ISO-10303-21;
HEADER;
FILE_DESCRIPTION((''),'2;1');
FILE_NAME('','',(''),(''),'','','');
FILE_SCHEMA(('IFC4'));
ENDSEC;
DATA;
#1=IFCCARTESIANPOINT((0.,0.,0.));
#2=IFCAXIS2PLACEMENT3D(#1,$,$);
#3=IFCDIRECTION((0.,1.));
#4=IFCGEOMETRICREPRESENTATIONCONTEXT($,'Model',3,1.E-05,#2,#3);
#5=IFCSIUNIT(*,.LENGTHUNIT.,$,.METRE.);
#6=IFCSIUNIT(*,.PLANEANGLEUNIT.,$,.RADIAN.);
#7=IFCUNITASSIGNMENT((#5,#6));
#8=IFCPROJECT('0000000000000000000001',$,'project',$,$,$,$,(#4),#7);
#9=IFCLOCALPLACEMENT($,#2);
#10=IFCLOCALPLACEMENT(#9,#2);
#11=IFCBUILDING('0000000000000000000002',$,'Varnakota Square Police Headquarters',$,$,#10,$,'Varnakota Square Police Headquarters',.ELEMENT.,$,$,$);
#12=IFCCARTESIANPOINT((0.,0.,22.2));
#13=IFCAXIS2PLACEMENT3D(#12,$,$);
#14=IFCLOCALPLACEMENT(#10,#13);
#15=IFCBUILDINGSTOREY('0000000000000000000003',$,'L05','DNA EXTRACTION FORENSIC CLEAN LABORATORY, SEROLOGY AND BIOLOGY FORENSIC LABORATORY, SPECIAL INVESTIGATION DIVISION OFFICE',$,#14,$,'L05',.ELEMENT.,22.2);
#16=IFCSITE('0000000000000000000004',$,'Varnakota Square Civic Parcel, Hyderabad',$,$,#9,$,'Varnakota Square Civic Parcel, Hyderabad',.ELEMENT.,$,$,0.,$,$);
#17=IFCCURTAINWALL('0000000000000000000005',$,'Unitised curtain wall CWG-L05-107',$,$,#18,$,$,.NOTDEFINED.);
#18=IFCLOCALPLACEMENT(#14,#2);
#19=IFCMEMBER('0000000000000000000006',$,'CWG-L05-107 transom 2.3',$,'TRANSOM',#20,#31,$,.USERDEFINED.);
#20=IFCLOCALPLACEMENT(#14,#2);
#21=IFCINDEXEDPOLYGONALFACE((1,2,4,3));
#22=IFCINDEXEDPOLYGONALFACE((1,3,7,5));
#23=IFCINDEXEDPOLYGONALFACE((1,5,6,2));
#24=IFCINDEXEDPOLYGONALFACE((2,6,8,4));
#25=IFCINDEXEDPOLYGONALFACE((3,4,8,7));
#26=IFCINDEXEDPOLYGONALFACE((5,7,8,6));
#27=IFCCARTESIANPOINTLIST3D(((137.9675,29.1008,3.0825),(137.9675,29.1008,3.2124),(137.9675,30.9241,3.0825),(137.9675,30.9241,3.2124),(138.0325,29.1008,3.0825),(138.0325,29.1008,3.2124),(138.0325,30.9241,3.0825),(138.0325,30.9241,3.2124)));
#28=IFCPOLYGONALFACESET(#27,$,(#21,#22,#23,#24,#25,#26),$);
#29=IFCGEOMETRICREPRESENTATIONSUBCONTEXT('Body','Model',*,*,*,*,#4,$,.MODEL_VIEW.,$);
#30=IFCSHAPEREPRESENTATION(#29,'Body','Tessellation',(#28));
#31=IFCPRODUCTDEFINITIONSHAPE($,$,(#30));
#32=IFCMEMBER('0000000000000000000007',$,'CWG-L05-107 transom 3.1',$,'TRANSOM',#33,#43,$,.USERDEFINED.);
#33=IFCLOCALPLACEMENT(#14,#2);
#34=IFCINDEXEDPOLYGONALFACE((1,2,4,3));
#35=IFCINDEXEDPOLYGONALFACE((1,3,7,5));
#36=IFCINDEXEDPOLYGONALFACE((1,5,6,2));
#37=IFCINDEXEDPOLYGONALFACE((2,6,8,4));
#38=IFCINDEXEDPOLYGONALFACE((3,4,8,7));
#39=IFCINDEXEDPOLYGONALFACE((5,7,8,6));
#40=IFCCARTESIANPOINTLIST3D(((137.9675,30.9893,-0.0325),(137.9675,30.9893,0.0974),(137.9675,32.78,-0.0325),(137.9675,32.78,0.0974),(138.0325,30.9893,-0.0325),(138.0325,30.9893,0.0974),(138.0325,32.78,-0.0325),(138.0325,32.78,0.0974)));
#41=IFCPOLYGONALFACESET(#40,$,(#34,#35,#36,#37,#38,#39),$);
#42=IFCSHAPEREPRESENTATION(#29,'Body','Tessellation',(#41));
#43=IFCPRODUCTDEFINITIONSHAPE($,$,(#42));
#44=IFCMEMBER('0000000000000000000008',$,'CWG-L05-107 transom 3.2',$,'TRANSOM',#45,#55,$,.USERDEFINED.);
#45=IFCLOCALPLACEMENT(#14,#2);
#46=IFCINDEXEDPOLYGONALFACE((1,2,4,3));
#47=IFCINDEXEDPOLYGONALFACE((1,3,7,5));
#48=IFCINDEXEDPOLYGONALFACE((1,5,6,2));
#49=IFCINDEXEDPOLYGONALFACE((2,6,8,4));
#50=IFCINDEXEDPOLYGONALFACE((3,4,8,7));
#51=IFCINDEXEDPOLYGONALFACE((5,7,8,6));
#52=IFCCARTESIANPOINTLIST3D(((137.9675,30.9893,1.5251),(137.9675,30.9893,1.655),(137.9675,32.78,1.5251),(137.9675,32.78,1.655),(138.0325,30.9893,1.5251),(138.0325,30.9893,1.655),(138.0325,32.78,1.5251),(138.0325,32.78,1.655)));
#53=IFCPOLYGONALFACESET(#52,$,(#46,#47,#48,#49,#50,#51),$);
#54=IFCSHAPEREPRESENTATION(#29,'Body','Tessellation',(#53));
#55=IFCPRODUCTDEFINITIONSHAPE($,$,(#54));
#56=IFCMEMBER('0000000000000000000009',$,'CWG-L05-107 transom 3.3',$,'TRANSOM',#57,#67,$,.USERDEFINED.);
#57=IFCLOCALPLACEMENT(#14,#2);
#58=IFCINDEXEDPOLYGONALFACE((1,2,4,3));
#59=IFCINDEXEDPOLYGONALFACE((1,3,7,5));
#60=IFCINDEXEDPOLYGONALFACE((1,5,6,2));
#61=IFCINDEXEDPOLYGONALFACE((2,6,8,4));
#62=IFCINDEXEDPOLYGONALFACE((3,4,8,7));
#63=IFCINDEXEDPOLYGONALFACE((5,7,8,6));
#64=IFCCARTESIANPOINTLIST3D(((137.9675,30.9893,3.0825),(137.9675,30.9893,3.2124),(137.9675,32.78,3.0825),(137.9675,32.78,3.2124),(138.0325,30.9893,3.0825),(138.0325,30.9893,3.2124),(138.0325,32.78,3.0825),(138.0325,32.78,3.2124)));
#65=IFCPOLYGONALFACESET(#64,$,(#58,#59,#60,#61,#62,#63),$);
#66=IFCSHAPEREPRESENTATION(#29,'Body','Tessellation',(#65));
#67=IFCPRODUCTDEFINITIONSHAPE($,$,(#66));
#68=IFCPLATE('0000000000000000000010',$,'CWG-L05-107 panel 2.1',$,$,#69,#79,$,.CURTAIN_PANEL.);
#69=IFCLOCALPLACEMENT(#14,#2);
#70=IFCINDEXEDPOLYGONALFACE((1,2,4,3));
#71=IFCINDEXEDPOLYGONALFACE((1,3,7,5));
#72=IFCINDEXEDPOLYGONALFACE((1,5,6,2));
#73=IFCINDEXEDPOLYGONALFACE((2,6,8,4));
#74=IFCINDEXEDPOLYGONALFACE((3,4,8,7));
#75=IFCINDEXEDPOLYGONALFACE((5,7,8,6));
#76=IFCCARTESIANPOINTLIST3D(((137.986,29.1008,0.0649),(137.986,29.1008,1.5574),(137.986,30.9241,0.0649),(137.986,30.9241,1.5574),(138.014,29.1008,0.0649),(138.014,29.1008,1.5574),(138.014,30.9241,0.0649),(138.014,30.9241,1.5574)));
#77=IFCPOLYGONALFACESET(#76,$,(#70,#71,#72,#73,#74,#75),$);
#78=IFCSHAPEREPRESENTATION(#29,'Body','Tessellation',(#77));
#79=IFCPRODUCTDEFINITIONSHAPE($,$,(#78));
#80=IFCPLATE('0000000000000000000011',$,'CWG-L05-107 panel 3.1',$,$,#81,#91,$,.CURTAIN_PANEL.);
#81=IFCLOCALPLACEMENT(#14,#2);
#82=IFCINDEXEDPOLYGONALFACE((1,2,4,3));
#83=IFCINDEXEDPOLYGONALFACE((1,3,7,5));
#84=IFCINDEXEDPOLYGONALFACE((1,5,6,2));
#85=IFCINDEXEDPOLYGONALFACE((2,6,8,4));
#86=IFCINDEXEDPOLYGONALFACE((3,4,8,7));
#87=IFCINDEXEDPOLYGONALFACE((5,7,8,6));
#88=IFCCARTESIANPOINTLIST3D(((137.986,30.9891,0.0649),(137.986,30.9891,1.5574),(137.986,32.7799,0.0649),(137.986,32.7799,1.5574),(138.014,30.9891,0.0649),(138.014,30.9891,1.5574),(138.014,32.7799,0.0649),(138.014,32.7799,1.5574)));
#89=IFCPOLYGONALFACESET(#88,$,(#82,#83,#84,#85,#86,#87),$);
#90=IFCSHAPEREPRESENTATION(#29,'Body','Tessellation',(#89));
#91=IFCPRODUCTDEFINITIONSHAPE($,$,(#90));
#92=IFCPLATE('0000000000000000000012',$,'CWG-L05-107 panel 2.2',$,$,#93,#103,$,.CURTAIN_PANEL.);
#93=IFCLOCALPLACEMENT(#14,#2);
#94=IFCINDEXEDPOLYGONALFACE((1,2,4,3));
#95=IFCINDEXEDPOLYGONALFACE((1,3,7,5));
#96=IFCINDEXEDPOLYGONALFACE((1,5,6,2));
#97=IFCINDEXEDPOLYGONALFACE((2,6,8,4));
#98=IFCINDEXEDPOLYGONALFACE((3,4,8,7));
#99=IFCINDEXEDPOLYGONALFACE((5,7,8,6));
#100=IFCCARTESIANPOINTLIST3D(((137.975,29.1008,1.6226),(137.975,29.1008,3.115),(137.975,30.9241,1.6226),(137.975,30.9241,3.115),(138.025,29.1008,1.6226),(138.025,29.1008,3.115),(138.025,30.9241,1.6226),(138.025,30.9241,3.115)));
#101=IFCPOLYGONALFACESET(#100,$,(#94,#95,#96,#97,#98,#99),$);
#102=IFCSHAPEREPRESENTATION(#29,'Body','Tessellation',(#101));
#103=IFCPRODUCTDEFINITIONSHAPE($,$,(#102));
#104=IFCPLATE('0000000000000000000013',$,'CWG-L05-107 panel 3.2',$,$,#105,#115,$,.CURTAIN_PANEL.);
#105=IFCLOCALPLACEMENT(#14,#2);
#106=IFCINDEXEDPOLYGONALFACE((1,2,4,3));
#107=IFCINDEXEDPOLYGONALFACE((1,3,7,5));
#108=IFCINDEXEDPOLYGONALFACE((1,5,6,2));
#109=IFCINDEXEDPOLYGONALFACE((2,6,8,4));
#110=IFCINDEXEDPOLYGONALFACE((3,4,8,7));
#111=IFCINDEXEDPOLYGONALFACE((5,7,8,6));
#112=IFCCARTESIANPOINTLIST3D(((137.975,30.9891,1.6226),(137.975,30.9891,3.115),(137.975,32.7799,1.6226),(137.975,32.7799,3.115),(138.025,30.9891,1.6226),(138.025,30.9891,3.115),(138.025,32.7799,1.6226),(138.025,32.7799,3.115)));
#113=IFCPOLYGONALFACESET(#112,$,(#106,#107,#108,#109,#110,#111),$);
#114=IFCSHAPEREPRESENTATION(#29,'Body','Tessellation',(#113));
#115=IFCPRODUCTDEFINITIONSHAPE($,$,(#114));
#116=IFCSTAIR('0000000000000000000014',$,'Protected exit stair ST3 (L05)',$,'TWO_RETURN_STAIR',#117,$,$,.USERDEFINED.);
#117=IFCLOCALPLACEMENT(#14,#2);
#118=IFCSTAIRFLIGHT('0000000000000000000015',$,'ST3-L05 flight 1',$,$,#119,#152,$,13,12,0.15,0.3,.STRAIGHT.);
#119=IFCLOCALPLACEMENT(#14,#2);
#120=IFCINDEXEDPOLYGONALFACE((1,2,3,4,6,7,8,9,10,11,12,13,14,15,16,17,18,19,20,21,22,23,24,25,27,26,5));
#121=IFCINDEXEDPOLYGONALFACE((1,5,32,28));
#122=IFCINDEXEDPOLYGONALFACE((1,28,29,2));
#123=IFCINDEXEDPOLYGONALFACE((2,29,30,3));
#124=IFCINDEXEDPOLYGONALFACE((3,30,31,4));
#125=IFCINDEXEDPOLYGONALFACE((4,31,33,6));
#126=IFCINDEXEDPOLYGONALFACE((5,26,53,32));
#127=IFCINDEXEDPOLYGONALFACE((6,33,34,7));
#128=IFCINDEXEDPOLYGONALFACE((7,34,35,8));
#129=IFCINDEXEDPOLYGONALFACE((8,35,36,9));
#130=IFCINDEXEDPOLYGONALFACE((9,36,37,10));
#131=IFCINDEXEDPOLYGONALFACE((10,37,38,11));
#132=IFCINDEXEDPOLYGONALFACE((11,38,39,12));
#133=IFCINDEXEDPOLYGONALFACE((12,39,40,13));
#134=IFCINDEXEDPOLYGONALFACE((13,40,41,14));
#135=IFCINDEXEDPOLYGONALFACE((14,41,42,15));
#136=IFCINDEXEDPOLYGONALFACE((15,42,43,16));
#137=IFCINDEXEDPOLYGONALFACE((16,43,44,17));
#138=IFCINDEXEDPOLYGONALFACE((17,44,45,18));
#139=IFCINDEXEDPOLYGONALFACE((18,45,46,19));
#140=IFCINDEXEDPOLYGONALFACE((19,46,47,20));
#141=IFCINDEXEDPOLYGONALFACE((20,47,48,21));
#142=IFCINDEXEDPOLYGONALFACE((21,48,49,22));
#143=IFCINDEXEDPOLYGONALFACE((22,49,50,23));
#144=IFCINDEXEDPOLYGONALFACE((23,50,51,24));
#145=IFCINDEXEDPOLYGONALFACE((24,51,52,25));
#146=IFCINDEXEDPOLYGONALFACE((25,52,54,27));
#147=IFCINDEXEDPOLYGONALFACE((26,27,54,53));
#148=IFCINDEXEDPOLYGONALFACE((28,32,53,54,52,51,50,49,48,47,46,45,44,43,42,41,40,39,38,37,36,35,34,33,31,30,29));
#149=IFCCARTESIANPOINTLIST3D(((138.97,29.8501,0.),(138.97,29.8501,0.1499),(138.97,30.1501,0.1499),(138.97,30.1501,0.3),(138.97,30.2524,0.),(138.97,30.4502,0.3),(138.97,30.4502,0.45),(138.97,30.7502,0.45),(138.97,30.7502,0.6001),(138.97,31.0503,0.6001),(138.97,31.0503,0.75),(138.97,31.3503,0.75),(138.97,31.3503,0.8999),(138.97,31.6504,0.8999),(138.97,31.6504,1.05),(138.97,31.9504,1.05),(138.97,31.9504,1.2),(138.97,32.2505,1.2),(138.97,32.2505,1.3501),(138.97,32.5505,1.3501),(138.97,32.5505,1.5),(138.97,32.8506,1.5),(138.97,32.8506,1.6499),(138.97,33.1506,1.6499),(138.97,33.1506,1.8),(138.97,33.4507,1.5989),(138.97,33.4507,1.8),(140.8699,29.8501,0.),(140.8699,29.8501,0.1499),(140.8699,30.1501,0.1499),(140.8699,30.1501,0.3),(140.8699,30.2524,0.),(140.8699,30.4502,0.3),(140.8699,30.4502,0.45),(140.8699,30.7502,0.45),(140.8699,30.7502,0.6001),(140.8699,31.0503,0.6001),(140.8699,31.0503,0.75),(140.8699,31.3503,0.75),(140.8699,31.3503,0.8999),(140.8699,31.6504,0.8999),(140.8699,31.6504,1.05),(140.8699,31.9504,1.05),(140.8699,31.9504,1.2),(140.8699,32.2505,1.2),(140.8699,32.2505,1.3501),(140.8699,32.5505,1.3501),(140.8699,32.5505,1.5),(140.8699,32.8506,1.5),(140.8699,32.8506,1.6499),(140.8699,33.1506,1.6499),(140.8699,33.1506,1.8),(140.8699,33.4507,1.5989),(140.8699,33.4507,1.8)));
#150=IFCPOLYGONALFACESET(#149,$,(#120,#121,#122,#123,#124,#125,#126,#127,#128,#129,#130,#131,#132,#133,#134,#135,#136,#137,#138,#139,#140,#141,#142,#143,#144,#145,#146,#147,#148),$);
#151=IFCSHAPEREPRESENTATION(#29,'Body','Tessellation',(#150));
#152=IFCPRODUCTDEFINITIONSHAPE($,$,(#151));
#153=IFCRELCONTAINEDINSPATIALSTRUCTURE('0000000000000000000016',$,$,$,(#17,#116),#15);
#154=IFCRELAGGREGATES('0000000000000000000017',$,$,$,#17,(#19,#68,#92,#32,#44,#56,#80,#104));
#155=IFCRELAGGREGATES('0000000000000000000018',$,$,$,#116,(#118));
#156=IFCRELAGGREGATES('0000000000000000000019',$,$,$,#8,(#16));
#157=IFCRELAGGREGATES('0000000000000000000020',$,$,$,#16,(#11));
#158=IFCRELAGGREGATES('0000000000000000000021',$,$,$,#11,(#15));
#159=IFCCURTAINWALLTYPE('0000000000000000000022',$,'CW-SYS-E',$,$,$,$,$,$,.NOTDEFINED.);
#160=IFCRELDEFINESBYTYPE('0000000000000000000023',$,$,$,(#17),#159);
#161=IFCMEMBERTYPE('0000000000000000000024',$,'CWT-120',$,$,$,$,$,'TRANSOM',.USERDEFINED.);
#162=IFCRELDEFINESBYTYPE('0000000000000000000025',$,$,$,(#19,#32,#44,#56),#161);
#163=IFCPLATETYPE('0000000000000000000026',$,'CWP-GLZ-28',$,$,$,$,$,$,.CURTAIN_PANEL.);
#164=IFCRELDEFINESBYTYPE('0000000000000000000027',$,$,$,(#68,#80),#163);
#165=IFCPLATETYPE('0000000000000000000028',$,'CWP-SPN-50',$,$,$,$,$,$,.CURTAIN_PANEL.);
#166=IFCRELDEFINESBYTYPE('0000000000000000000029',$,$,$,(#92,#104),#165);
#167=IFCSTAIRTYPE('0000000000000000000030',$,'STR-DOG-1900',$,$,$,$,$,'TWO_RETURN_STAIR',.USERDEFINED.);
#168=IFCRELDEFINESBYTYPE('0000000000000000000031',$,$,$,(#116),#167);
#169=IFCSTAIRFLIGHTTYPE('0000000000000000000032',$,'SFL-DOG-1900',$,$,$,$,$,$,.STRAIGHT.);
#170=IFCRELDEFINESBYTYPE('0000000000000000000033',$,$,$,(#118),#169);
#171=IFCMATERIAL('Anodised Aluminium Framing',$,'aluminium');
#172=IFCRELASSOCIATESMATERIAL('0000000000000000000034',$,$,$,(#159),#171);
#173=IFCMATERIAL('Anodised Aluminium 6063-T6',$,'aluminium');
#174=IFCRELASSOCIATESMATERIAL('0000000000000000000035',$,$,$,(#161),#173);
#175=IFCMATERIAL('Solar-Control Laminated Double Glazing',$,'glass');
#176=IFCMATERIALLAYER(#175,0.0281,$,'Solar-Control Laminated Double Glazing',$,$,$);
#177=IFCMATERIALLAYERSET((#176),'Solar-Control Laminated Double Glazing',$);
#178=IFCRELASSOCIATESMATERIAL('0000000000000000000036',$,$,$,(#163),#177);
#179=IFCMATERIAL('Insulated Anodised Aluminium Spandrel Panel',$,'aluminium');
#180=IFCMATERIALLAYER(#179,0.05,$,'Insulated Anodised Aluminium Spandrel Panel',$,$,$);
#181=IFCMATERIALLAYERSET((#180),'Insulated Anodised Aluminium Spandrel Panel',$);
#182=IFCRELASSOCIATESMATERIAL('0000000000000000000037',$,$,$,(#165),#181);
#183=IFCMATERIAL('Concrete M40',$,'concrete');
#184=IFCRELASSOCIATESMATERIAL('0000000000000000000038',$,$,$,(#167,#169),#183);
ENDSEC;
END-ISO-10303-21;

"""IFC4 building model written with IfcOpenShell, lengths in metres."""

from ifc_helpers import new_model, si_unit, direction, frame, origin, origin_2d, place, context, subcontext, project, spatial, polyline, rectangle, outline, extrude, material, layer, layer_set, material_profile, profile_set, type_object, element, aggregate, save


model = new_model("IFC4")

# Units and contexts
model_context = context("Model", 3, precision=1e-05, world=origin(), true_north=direction((0.0, 1.0)))
body_context = subcontext(model_context, "Body", "Model", "MODEL_VIEW")
ifc_project = project(units=[si_unit("LENGTHUNIT", "METRE"), si_unit("PLANEANGLEUNIT", "RADIAN")], contexts=[model_context])

# Site, building, storey
site_placement = place(None, origin())
site = spatial("IfcSite", under=ifc_project, at=site_placement, Name="Varnakota Square Civic Parcel, Hyderabad", LongName="Varnakota Square Civic Parcel, Hyderabad", CompositionType="ELEMENT", RefElevation=0.0)
building_placement = place(site_placement, origin())
building = spatial("IfcBuilding", under=site, at=building_placement, Name="Varnakota Square Police Headquarters", LongName="Varnakota Square Police Headquarters", CompositionType="ELEMENT")
storey_placement = place(building_placement, frame((0.0, 0.0, 22.2)))
storey = spatial("IfcBuildingStorey", under=building, at=storey_placement, Name="L05", Description="DNA EXTRACTION FORENSIC CLEAN LABORATORY, SEROLOGY AND BIOLOGY FORENSIC LABORATORY, SPECIAL INVESTIGATION DIVISION OFFICE", LongName="L05", CompositionType="ELEMENT", Elevation=22.2)

# Curtain wall, members, plates
ifc_material_1 = material(Name="Anodised Aluminium Framing", Category="aluminium")
curtain_wall_type = type_object("IfcCurtainWallType", Name="CW-SYS-E", PredefinedType="NOTDEFINED", material=ifc_material_1)
curtain_wall_placement = place(storey_placement, origin())
curtain_wall = element("IfcCurtainWall", 1, at=curtain_wall_placement, inside=storey, type_object=curtain_wall_type, Name="Unitised curtain wall CWG-L05-107", PredefinedType="NOTDEFINED")
ifc_material_2 = material(Name="Anodised Aluminium 6063-T6", Category="aluminium")
ifc_material_profile_1 = material_profile(ifc_material_2, rectangle(XDim=0.0649, YDim=0.1299, at=origin_2d()), Name="ALU TRANSOM 65x130")
ifc_profile_set_1 = profile_set([ifc_material_profile_1], Name="Anodised Aluminium 6063-T6")
member_type_1 = type_object("IfcMemberType", Name="CWT-120", ElementType="TRANSOM", PredefinedType="USERDEFINED", material=ifc_profile_set_1)
member_1_placement = place(storey_placement, frame((138.0, 29.1008, 3.1475), z_axis=(0.0, 1.0, 0.0), x_axis=(-1.0, 0.0, 0.0)))
member_1 = element("IfcMember", 2, at=member_1_placement, type_object=member_type_1, Name="CWG-L05-107 transom 2.3", ObjectType="TRANSOM", PredefinedType="USERDEFINED", context=body_context, shape_type="SweptSolid", body=[
    extrude(rectangle(XDim=0.0649, YDim=0.1299, at=origin_2d()), origin(), (0.0, 0.0, 1.0), 1.8232),
])
member_2_placement = place(storey_placement, frame((138.0, 30.9893, 0.0325), z_axis=(0.0, 1.0, 0.0), x_axis=(-1.0, 0.0, 0.0)))
member_2 = element("IfcMember", 3, at=member_2_placement, type_object=member_type_1, Name="CWG-L05-107 transom 3.1", ObjectType="TRANSOM", PredefinedType="USERDEFINED", context=body_context, shape_type="SweptSolid", body=[
    extrude(rectangle(XDim=0.0649, YDim=0.1299, at=origin_2d()), origin(), (0.0, 0.0, 1.0), 1.7908),
])
member_3_placement = place(storey_placement, frame((138.0, 30.9893, 1.5901), z_axis=(0.0, 1.0, 0.0), x_axis=(-1.0, 0.0, 0.0)))
member_3 = element("IfcMember", 4, at=member_3_placement, type_object=member_type_1, Name="CWG-L05-107 transom 3.2", ObjectType="TRANSOM", PredefinedType="USERDEFINED", context=body_context, shape_type="SweptSolid", body=[
    extrude(rectangle(XDim=0.0649, YDim=0.1299, at=origin_2d()), origin(), (0.0, 0.0, 1.0), 1.7908),
])
member_4_placement = place(storey_placement, frame((138.0, 30.9893, 3.1475), z_axis=(0.0, 1.0, 0.0), x_axis=(-1.0, 0.0, 0.0)))
member_4 = element("IfcMember", 5, at=member_4_placement, type_object=member_type_1, Name="CWG-L05-107 transom 3.3", ObjectType="TRANSOM", PredefinedType="USERDEFINED", context=body_context, shape_type="SweptSolid", body=[
    extrude(rectangle(XDim=0.0649, YDim=0.1299, at=origin_2d()), origin(), (0.0, 0.0, 1.0), 1.7908),
])
ifc_material_3 = material(Name="Solar-Control Laminated Double Glazing", Category="glass")
ifc_layer_1 = layer(ifc_material_3, 0.0281, Name="Solar-Control Laminated Double Glazing")
ifc_layer_set_1 = layer_set([ifc_layer_1], Name="Solar-Control Laminated Double Glazing")
plate_type_1 = type_object("IfcPlateType", Name="CWP-GLZ-28", PredefinedType="CURTAIN_PANEL", material=ifc_layer_set_1)
plate_1_placement = place(storey_placement, frame((138.0, 30.0125, 0.0649), z_axis=(0.0, 0.0, 1.0), x_axis=(0.0, 1.0, 0.0)))
plate_1 = element("IfcPlate", 6, at=plate_1_placement, type_object=plate_type_1, Name="CWG-L05-107 panel 2.1", PredefinedType="CURTAIN_PANEL", context=body_context, shape_type="SweptSolid", body=[
    extrude(rectangle(XDim=1.8232, YDim=0.0281, at=origin_2d()), origin(), (0.0, 0.0, 1.0), 1.4924),
])
plate_2_placement = place(storey_placement, frame((138.0, 31.8845, 0.0649), z_axis=(0.0, 0.0, 1.0), x_axis=(0.0, 1.0, 0.0)))
plate_2 = element("IfcPlate", 7, at=plate_2_placement, type_object=plate_type_1, Name="CWG-L05-107 panel 3.1", PredefinedType="CURTAIN_PANEL", context=body_context, shape_type="SweptSolid", body=[
    extrude(rectangle(XDim=1.7908, YDim=0.0281, at=origin_2d()), origin(), (0.0, 0.0, 1.0), 1.4924),
])
ifc_material_4 = material(Name="Insulated Anodised Aluminium Spandrel Panel", Category="aluminium")
ifc_layer_2 = layer(ifc_material_4, 0.05, Name="Insulated Anodised Aluminium Spandrel Panel")
ifc_layer_set_2 = layer_set([ifc_layer_2], Name="Insulated Anodised Aluminium Spandrel Panel")
plate_type_2 = type_object("IfcPlateType", Name="CWP-SPN-50", PredefinedType="CURTAIN_PANEL", material=ifc_layer_set_2)
plate_3_placement = place(storey_placement, frame((138.0, 30.0125, 1.6226), z_axis=(0.0, 0.0, 1.0), x_axis=(0.0, 1.0, 0.0)))
plate_3 = element("IfcPlate", 8, at=plate_3_placement, type_object=plate_type_2, Name="CWG-L05-107 panel 2.2", PredefinedType="CURTAIN_PANEL", context=body_context, shape_type="SweptSolid", body=[
    extrude(rectangle(XDim=1.8232, YDim=0.05, at=origin_2d()), origin(), (0.0, 0.0, 1.0), 1.4924),
])
plate_4_placement = place(storey_placement, frame((138.0, 31.8845, 1.6226), z_axis=(0.0, 0.0, 1.0), x_axis=(0.0, 1.0, 0.0)))
plate_4 = element("IfcPlate", 9, at=plate_4_placement, type_object=plate_type_2, Name="CWG-L05-107 panel 3.2", PredefinedType="CURTAIN_PANEL", context=body_context, shape_type="SweptSolid", body=[
    extrude(rectangle(XDim=1.7908, YDim=0.05, at=origin_2d()), origin(), (0.0, 0.0, 1.0), 1.4924),
])
aggregate(curtain_wall, [member_1, plate_1, plate_3, member_2, member_3, member_4, plate_2, plate_4])

# Stair, stair flight
ifc_material_5 = material(Name="Concrete M40", Category="concrete")
stair_type = type_object("IfcStairType", Name="STR-DOG-1900", ElementType="TWO_RETURN_STAIR", PredefinedType="USERDEFINED", material=ifc_material_5)
stair_placement = place(storey_placement, origin())
stair = element("IfcStair", 10, at=stair_placement, inside=storey, type_object=stair_type, Name="Protected exit stair ST3 (L05)", ObjectType="TWO_RETURN_STAIR", PredefinedType="USERDEFINED")
stair_flight_type = type_object("IfcStairFlightType", Name="SFL-DOG-1900", PredefinedType="STRAIGHT", material=ifc_material_5)
stair_flight_placement = place(storey_placement, frame((139.9199, 29.8501, 0.0), z_axis=(0.0, 0.0, 1.0), x_axis=(0.0, 1.0, 0.0)))
stair_flight = element("IfcStairFlight", 11, at=stair_flight_placement, type_object=stair_flight_type, Name="ST3-L05 flight 1", NumberOfRisers=13, NumberOfTreads=12, PredefinedType="STRAIGHT", RiserHeight=0.15, TreadLength=0.3, context=body_context, shape_type="SweptSolid", body=[
    extrude(outline(polyline([(0.0, 0.0), (0.0, 0.1499), (0.3, 0.1499), (0.3, 0.3), (0.6001, 0.3), (0.6001, 0.45), (0.9001, 0.45), (0.9001, 0.6001), (1.2002, 0.6001), (1.2002, 0.75), (1.5002, 0.75), (1.5002, 0.8999), (1.8003, 0.8999), (1.8003, 1.05), (2.1003, 1.05), (2.1003, 1.2), (2.4004, 1.2), (2.4004, 1.3501), (2.7004, 1.3501), (2.7004, 1.5), (3.0005, 1.5), (3.0005, 1.6499), (3.3005, 1.6499), (3.3005, 1.8), (3.6006, 1.8), (3.6006, 1.95), (3.6006, 1.5989), (0.4023, 0.0), (0.0, 0.0)])), frame((0.0, 0.95, 0.0), z_axis=(0.0, -1.0, 0.0), x_axis=(1.0, 0.0, 0.0)), (0.0, 0.0, 1.0), 1.8999),
])
aggregate(stair, [stair_flight])

save(model, "model.ifc")
